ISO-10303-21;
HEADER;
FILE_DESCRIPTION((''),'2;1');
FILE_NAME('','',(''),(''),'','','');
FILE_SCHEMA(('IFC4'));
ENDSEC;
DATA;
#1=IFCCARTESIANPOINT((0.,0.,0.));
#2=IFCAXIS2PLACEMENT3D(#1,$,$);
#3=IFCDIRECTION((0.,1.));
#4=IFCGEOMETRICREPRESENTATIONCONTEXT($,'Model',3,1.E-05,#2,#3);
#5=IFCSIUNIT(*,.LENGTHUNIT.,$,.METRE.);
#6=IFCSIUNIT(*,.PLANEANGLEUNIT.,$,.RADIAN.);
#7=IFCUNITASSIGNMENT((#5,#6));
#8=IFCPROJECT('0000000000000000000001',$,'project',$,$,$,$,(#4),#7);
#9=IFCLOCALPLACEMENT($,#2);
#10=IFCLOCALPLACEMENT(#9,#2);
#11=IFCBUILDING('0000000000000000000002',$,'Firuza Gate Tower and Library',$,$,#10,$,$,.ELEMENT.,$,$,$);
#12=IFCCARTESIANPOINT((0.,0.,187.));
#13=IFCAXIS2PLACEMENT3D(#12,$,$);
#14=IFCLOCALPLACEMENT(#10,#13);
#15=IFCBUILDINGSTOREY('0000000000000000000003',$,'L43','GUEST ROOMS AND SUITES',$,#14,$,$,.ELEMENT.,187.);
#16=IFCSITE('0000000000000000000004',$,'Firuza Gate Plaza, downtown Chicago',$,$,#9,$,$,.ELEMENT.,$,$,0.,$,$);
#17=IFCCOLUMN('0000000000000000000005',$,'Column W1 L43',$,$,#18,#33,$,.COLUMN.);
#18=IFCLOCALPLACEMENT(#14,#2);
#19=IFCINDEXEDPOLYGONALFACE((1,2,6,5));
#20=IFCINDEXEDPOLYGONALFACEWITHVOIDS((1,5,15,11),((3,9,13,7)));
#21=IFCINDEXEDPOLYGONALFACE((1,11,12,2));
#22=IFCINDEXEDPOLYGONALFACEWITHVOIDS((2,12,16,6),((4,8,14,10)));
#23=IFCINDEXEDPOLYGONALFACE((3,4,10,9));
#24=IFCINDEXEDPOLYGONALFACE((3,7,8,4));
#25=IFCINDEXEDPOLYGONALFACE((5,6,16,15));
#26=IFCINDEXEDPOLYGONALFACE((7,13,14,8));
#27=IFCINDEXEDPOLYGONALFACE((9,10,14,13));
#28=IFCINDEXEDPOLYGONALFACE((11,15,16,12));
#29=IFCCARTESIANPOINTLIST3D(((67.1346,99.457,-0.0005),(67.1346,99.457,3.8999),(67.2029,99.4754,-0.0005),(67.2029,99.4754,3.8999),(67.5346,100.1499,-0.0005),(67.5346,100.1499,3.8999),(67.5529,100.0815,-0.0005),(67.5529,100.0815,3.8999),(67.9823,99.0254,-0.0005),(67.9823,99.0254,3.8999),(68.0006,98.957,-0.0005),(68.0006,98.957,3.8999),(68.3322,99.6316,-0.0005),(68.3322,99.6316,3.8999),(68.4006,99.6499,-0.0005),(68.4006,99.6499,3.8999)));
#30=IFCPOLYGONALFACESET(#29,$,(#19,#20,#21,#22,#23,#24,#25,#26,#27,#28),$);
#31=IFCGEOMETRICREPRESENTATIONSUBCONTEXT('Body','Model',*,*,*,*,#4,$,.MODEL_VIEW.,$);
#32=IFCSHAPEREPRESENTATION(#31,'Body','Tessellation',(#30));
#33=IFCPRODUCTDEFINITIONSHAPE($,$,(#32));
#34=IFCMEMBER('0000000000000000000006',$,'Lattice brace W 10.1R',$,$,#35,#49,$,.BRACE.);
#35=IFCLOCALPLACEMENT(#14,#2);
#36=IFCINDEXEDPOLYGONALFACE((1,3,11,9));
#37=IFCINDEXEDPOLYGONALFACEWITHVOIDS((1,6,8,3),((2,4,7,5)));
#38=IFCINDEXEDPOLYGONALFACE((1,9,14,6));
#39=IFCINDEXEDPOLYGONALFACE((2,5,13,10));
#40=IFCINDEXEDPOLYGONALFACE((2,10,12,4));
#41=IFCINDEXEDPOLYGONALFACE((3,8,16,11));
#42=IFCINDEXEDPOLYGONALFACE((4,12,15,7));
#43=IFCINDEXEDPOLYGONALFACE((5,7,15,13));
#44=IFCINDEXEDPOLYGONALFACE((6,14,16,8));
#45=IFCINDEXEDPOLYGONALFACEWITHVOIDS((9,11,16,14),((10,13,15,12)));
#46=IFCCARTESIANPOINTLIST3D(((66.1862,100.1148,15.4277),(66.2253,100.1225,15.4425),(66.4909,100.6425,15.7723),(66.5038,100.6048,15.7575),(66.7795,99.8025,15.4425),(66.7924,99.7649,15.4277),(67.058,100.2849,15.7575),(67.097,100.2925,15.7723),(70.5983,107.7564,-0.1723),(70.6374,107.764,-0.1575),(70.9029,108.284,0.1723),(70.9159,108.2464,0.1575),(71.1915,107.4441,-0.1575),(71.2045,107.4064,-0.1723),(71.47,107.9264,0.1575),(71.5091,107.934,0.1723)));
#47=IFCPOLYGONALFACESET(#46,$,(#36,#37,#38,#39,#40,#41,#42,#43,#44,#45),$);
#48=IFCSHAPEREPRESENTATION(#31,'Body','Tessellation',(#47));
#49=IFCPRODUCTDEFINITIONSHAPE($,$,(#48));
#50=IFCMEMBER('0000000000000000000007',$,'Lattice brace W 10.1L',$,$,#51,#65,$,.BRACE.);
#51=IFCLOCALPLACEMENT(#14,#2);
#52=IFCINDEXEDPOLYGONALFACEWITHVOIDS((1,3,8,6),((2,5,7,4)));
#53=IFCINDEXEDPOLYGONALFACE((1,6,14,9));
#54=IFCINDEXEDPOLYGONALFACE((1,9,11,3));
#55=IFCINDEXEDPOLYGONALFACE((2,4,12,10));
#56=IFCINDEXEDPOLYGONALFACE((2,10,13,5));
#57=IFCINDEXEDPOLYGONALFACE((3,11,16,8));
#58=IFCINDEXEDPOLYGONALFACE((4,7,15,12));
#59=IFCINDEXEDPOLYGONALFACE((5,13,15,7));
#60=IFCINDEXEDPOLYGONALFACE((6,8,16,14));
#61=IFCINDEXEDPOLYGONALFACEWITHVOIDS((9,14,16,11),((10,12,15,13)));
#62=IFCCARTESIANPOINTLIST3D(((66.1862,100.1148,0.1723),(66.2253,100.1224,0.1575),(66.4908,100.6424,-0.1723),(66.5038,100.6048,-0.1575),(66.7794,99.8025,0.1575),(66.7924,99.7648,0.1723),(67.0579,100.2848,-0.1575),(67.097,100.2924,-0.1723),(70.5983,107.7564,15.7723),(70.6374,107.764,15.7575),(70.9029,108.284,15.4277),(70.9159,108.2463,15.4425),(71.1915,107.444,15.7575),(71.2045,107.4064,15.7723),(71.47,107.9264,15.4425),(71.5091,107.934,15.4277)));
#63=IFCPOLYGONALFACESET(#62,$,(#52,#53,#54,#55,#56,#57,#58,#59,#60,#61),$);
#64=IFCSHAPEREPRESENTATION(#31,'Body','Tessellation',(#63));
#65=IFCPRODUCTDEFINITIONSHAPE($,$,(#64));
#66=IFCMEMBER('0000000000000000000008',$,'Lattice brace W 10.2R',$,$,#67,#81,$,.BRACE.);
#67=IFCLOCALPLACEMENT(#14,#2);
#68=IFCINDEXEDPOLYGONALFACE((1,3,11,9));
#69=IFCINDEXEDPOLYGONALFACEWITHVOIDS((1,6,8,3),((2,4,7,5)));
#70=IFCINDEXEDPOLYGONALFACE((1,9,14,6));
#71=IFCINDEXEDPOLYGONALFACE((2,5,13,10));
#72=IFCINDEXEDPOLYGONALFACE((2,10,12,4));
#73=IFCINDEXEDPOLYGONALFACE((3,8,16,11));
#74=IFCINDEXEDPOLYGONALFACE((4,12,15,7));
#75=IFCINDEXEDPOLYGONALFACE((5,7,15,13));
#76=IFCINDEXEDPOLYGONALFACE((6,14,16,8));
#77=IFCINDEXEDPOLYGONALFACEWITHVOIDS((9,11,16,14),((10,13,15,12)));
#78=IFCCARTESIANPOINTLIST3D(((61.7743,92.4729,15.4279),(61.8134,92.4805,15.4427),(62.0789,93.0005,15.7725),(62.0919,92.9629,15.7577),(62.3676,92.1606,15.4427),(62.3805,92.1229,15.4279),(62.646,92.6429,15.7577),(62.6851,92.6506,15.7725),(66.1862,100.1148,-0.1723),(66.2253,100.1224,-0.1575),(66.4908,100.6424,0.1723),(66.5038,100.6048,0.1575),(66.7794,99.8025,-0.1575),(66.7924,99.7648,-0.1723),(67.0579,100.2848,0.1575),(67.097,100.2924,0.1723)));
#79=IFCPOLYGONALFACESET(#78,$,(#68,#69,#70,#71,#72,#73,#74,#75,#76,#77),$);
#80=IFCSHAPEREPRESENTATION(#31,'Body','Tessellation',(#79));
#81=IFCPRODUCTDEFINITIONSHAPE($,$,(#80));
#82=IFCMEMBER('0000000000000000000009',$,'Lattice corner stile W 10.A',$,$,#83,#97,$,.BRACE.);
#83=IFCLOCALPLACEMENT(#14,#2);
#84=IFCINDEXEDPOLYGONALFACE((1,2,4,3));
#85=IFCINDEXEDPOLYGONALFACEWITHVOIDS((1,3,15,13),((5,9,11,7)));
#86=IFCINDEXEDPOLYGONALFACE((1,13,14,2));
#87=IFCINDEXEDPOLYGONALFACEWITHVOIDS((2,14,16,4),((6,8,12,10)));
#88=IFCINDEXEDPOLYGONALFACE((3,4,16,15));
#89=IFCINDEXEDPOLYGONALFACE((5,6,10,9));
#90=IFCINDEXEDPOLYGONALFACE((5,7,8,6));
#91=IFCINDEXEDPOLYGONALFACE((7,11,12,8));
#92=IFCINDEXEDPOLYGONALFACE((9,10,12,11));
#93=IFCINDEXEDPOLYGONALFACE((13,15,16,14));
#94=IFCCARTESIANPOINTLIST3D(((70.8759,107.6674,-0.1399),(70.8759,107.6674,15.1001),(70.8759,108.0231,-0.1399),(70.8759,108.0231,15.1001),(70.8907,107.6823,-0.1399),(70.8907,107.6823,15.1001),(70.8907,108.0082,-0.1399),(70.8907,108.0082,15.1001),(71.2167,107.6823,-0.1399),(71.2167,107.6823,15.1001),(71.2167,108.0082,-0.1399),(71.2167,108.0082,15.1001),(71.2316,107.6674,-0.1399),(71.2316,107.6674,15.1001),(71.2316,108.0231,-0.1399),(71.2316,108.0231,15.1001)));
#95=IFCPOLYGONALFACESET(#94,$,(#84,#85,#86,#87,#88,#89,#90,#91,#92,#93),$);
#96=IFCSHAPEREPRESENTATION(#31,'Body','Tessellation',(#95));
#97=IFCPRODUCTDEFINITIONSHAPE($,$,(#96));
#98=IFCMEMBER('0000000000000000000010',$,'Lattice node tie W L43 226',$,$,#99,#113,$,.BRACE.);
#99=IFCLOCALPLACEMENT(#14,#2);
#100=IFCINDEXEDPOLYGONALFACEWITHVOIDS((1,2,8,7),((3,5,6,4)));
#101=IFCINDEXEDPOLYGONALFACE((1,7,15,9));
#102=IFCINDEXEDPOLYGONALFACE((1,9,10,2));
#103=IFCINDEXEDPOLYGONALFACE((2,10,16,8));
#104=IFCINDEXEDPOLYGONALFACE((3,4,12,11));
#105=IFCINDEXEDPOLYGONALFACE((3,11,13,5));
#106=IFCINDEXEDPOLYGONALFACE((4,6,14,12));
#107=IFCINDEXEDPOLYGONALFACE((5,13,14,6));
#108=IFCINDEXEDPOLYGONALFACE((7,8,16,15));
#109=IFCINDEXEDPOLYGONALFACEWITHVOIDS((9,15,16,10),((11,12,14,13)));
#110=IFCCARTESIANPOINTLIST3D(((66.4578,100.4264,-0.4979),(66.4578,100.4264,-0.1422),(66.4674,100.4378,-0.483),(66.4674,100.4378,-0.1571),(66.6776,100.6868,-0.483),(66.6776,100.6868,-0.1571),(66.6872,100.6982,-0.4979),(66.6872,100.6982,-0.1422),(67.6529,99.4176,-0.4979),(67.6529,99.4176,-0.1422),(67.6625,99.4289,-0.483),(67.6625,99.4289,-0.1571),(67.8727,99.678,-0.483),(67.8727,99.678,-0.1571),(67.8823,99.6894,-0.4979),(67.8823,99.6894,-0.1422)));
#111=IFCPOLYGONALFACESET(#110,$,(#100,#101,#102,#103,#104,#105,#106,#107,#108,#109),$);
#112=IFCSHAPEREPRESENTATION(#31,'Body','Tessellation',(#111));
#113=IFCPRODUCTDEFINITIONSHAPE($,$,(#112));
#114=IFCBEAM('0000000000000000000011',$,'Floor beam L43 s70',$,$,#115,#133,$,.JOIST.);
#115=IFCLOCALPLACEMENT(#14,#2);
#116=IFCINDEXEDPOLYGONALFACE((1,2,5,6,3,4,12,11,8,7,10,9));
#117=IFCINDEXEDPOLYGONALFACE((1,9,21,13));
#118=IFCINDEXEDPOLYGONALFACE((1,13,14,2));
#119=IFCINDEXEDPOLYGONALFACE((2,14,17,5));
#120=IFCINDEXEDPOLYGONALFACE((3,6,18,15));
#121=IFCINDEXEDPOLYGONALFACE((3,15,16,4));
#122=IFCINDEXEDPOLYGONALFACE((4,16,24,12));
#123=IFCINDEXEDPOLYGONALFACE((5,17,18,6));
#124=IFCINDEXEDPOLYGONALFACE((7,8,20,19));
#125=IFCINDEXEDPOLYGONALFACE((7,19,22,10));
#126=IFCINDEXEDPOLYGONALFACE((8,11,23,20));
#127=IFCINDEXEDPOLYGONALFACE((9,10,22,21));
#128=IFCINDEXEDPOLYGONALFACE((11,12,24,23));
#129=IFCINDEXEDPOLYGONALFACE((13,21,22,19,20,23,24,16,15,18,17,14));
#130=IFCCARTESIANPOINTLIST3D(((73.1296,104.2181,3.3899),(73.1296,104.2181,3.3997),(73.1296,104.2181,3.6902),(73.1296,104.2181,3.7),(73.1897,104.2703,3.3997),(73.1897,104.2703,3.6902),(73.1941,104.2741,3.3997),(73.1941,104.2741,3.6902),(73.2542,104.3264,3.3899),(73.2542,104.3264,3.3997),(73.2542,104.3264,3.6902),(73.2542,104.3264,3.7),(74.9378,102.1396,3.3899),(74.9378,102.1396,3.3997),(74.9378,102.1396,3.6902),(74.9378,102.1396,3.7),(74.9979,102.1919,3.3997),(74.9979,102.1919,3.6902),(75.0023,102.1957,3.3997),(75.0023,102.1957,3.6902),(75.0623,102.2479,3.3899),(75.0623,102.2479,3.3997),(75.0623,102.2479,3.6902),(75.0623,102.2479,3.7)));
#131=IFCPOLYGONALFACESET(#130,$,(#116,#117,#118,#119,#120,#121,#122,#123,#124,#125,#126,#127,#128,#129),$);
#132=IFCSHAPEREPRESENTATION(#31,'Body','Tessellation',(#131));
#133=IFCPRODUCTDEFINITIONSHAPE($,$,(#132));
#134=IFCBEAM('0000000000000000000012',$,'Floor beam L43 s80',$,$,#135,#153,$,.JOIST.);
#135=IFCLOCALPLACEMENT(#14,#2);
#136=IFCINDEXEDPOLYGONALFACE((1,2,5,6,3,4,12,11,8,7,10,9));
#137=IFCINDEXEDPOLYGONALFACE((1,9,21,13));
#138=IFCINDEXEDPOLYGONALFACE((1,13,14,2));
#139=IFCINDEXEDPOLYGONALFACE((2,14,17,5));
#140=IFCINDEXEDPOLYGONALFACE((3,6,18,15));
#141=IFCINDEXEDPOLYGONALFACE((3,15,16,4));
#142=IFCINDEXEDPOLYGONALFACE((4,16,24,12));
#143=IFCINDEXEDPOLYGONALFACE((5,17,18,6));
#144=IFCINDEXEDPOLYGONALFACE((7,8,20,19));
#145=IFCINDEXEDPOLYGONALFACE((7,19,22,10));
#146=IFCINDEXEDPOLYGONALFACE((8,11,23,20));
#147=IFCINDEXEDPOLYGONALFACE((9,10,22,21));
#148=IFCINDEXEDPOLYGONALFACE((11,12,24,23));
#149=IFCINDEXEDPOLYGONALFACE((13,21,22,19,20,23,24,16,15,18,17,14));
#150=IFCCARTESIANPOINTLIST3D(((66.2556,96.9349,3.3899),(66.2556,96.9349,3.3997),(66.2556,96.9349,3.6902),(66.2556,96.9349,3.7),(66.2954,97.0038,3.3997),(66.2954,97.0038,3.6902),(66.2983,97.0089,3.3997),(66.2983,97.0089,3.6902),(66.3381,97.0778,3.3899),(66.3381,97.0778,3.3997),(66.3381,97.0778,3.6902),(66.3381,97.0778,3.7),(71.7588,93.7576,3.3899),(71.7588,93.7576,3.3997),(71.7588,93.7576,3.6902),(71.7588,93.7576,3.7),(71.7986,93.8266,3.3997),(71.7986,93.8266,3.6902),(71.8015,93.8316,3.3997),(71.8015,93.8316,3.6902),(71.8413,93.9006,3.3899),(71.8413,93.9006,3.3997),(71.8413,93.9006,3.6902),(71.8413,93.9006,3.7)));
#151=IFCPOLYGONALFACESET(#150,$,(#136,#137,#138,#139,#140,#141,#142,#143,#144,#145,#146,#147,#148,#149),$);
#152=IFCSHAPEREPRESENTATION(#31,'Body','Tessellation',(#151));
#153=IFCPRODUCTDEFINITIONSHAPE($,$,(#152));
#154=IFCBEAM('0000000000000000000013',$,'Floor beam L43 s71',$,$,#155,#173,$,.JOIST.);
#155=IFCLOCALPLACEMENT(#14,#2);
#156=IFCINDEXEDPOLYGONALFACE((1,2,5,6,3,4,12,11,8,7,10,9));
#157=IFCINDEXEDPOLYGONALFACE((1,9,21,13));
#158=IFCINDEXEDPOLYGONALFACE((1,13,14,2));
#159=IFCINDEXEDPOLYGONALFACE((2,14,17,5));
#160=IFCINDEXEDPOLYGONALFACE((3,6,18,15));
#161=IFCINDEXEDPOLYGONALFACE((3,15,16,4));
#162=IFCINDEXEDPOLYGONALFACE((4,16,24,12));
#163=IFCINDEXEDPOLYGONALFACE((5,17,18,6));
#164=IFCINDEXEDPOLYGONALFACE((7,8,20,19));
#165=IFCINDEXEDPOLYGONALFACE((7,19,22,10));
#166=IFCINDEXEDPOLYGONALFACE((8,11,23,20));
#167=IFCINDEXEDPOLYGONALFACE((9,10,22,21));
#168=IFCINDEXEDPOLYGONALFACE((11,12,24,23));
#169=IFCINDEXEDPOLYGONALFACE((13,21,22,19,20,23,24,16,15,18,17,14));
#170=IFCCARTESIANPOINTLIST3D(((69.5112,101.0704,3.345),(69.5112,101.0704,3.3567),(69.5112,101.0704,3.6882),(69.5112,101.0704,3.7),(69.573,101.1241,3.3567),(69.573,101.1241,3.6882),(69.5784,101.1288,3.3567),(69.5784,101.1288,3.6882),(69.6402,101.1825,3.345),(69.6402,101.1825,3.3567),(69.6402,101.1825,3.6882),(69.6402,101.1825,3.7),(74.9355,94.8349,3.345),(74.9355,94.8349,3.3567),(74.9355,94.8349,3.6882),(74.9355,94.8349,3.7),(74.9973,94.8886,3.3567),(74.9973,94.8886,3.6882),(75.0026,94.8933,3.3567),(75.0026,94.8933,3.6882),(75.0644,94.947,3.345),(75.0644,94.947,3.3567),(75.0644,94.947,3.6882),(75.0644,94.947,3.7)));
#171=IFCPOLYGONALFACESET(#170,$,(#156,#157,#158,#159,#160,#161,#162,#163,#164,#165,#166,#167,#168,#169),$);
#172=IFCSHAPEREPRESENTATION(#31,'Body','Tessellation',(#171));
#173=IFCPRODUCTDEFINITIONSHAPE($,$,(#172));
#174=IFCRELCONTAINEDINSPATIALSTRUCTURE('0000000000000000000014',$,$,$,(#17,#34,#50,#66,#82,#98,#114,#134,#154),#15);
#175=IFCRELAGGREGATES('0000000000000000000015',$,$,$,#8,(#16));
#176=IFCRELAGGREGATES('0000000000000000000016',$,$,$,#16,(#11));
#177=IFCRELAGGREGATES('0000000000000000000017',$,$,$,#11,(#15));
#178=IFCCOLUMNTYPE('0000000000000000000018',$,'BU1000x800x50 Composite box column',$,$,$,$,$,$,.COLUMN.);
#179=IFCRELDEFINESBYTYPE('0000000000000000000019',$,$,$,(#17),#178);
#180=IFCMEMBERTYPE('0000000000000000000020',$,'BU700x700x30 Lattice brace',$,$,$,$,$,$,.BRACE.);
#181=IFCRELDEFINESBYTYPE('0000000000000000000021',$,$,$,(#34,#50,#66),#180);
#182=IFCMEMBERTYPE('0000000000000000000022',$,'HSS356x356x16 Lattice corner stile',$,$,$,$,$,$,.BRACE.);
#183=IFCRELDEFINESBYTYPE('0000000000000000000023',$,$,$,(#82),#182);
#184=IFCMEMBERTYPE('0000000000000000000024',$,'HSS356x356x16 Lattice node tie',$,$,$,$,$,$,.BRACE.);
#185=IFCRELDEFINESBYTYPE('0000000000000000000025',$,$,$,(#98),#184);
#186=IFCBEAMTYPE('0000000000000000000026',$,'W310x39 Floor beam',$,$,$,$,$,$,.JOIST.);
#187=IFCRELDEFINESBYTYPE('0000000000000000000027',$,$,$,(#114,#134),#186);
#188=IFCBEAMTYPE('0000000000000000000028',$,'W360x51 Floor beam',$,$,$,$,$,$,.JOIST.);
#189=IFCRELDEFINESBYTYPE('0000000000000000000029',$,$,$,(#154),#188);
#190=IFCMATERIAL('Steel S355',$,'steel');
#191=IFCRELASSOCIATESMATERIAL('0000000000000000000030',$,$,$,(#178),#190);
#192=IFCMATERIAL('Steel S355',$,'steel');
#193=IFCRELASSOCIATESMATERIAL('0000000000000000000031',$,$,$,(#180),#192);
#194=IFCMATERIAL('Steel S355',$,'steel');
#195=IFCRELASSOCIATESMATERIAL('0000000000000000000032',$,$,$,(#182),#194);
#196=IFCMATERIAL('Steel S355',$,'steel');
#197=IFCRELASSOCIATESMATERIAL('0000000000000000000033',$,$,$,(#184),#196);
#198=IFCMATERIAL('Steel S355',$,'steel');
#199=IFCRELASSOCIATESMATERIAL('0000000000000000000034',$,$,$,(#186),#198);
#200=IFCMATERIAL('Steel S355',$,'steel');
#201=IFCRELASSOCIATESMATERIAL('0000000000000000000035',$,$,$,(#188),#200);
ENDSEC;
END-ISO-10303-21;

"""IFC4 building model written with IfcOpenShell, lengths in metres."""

from ifc_helpers import new_model, si_unit, direction, frame, origin, origin_2d, place, context, subcontext, project, spatial, hollow_rectangle, i_section, extrude, material, material_profile, profile_set, type_object, element, save


model = new_model("IFC4")

# Units and contexts
model_context = context("Model", 3, precision=1e-05, world=origin(), true_north=direction((0.0, 1.0)))
body_context = subcontext(model_context, "Body", "Model", "MODEL_VIEW")
ifc_project = project(units=[si_unit("LENGTHUNIT", "METRE"), si_unit("PLANEANGLEUNIT", "RADIAN")], contexts=[model_context])

# Site, building, storey
site_placement = place(None, origin())
site = spatial("IfcSite", under=ifc_project, at=site_placement, Name="Firuza Gate Plaza, downtown Chicago", CompositionType="ELEMENT", RefElevation=0.0)
building_placement = place(site_placement, origin())
building = spatial("IfcBuilding", under=site, at=building_placement, Name="Firuza Gate Tower and Library", CompositionType="ELEMENT")
storey_placement = place(building_placement, frame((0.0, 0.0, 187.0)))
storey = spatial("IfcBuildingStorey", under=building, at=storey_placement, Name="L43", Description="GUEST ROOMS AND SUITES", CompositionType="ELEMENT", Elevation=187.0)

# Column
ifc_material_1 = material(Name="Steel S355", Category="steel")
ifc_material_profile_1 = material_profile(ifc_material_1, hollow_rectangle(XDim=0.8, YDim=1.0, WallThickness=0.05, at=origin_2d()))
ifc_profile_set_1 = profile_set([ifc_material_profile_1], Name="Steel S355")
column_type = type_object("IfcColumnType", Name="BU1000x800x50 Composite box column", PredefinedType="COLUMN", material=ifc_profile_set_1)
column_placement = place(storey_placement, frame((67.7676, 99.5535, -0.0005), z_axis=(0.0, 0.0, 1.0), x_axis=(-0.5, -0.866025, 0.0)))
element("IfcColumn", 1, at=column_placement, inside=storey, type_object=column_type, Name="Column W1 L43", PredefinedType="COLUMN", context=body_context, shape_type="SweptSolid", body=[
    extrude(hollow_rectangle(XDim=0.8, YDim=1.0, WallThickness=0.05, at=origin_2d()), origin(), (0.0, 0.0, 1.0), 3.9004),
])

# Members
ifc_material_2 = material(Name="Steel S355", Category="steel")
ifc_material_profile_2 = material_profile(ifc_material_2, hollow_rectangle(XDim=0.7, YDim=0.7, WallThickness=0.03, at=origin_2d()))
ifc_profile_set_2 = profile_set([ifc_material_profile_2], Name="Steel S355")
member_type_1 = type_object("IfcMemberType", Name="BU700x700x30 Lattice brace", PredefinedType="BRACE", material=ifc_profile_set_2)
for number, where, z_axis, x_axis, name in (
    (2, (71.0537, 107.8452, 0.0), (-0.246174, -0.426364, 0.870409), (0.866014, -0.500019, 0.0), "Lattice brace W 10.1R"),
    (3, (66.6416, 100.2036, 0.0), (0.246174, 0.426364, 0.870409), (-0.866014, 0.500019, 0.0), "Lattice brace W 10.1L"),
):
    element("IfcMember", number, at=place(storey_placement, frame(where, z_axis=z_axis, x_axis=x_axis)), inside=storey, type_object=member_type_1, Name=name, PredefinedType="BRACE", context=body_context, shape_type="SweptSolid", body=[
        extrude(hollow_rectangle(XDim=0.7, YDim=0.7, WallThickness=0.03, at=origin_2d()), origin(), (0.0, 0.0, 1.0), 17.9226),
    ])
member_1_placement = place(storey_placement, frame((66.6416, 100.2036, 0.0), z_axis=(-0.24616, -0.426377, 0.870407), x_axis=(0.866033, -0.499987, 0.0)))
element("IfcMember", 4, at=member_1_placement, inside=storey, type_object=member_type_1, Name="Lattice brace W 10.2R", PredefinedType="BRACE", context=body_context, shape_type="SweptSolid", body=[
    extrude(hollow_rectangle(XDim=0.7, YDim=0.7, WallThickness=0.03, at=origin_2d()), origin(), (0.0, 0.0, 1.0), 17.9229),
])
ifc_material_3 = material(Name="Steel S355", Category="steel")
ifc_material_profile_3 = material_profile(ifc_material_3, hollow_rectangle(XDim=0.3557, YDim=0.3557, WallThickness=0.0149, at=origin_2d()))
ifc_profile_set_3 = profile_set([ifc_material_profile_3], Name="Steel S355")
member_type_2 = type_object("IfcMemberType", Name="HSS356x356x16 Lattice corner stile", PredefinedType="BRACE", material=ifc_profile_set_3)
member_2_placement = place(storey_placement, frame((71.0537, 107.8452, -0.1399), z_axis=(0.0, 0.0, 1.0), x_axis=(1.0, 0.0, 0.0)))
element("IfcMember", 5, at=member_2_placement, inside=storey, type_object=member_type_2, Name="Lattice corner stile W 10.A", PredefinedType="BRACE", context=body_context, shape_type="SweptSolid", body=[
    extrude(hollow_rectangle(XDim=0.3557, YDim=0.3557, WallThickness=0.0149, at=origin_2d()), origin(), (0.0, 0.0, 1.0), 15.24),
])
ifc_material_4 = material(Name="Steel S355", Category="steel")
ifc_material_profile_4 = material_profile(ifc_material_4, hollow_rectangle(XDim=0.3557, YDim=0.3557, WallThickness=0.0149, at=origin_2d()))
ifc_profile_set_4 = profile_set([ifc_material_profile_4], Name="Steel S355")
member_type_3 = type_object("IfcMemberType", Name="HSS356x356x16 Lattice node tie", PredefinedType="BRACE", material=ifc_profile_set_4)
member_3_placement = place(storey_placement, frame((67.7676, 99.5535, -0.3201), z_axis=(-0.76415, 0.645039, 0.0), x_axis=(-0.645039, -0.76415, 0.0)))
element("IfcMember", 6, at=member_3_placement, inside=storey, type_object=member_type_3, Name="Lattice node tie W L43 226", PredefinedType="BRACE", context=body_context, shape_type="SweptSolid", body=[
    extrude(hollow_rectangle(XDim=0.3557, YDim=0.3557, WallThickness=0.0149, at=origin_2d()), origin(), (0.0, 0.0, 1.0), 1.564),
])

# Beams
ifc_material_5 = material(Name="Steel S355", Category="steel")
ifc_material_profile_5 = material_profile(ifc_material_5, i_section(OverallWidth=0.165, OverallDepth=0.3101, WebThickness=0.0059, FlangeThickness=0.0098, at=origin_2d()))
ifc_profile_set_5 = profile_set([ifc_material_profile_5], Name="Steel S355")
beam_type_1 = type_object("IfcBeamType", Name="W310x39 Floor beam", PredefinedType="JOIST", material=ifc_profile_set_5)
beam_1_placement = place(storey_placement, frame((73.1919, 104.2722, 3.5449), z_axis=(0.65635, -0.754457, 0.0), x_axis=(0.754457, 0.65635, 0.0)))
element("IfcBeam", 7, at=beam_1_placement, inside=storey, type_object=beam_type_1, Name="Floor beam L43 s70", PredefinedType="JOIST", context=body_context, shape_type="SweptSolid", body=[
    extrude(i_section(OverallWidth=0.165, OverallDepth=0.3101, WebThickness=0.0059, FlangeThickness=0.0098, at=origin_2d()), origin(), (0.0, 0.0, 1.0), 2.7549),
])
beam_2_placement = place(storey_placement, frame((66.2969, 97.0063, 3.5449), z_axis=(0.866026, -0.499998, 0.0), x_axis=(0.499998, 0.866026, 0.0)))
element("IfcBeam", 8, at=beam_2_placement, inside=storey, type_object=beam_type_1, Name="Floor beam L43 s80", PredefinedType="JOIST", context=body_context, shape_type="SweptSolid", body=[
    extrude(i_section(OverallWidth=0.165, OverallDepth=0.3101, WebThickness=0.0059, FlangeThickness=0.0098, at=origin_2d()), origin(), (0.0, 0.0, 1.0), 6.3545),
])
ifc_material_6 = material(Name="Steel S355", Category="steel")
ifc_material_profile_6 = material_profile(ifc_material_6, i_section(OverallWidth=0.1709, OverallDepth=0.355, WebThickness=0.0071, FlangeThickness=0.0117, at=origin_2d()))
ifc_profile_set_6 = profile_set([ifc_material_profile_6], Name="Steel S355")
beam_type_2 = type_object("IfcBeamType", Name="W360x51 Floor beam", PredefinedType="JOIST", material=ifc_profile_set_6)
beam_3_placement = place(storey_placement, frame((69.5757, 101.1265, 3.5225), z_axis=(0.656321, -0.754482, 0.0), x_axis=(0.754482, 0.656321, 0.0)))
element("IfcBeam", 9, at=beam_3_placement, inside=storey, type_object=beam_type_2, Name="Floor beam L43 s71", PredefinedType="JOIST", context=body_context, shape_type="SweptSolid", body=[
    extrude(i_section(OverallWidth=0.1709, OverallDepth=0.355, WebThickness=0.0071, FlangeThickness=0.0117, at=origin_2d()), origin(), (0.0, 0.0, 1.0), 8.2646),
])

save(model, "model.ifc")
